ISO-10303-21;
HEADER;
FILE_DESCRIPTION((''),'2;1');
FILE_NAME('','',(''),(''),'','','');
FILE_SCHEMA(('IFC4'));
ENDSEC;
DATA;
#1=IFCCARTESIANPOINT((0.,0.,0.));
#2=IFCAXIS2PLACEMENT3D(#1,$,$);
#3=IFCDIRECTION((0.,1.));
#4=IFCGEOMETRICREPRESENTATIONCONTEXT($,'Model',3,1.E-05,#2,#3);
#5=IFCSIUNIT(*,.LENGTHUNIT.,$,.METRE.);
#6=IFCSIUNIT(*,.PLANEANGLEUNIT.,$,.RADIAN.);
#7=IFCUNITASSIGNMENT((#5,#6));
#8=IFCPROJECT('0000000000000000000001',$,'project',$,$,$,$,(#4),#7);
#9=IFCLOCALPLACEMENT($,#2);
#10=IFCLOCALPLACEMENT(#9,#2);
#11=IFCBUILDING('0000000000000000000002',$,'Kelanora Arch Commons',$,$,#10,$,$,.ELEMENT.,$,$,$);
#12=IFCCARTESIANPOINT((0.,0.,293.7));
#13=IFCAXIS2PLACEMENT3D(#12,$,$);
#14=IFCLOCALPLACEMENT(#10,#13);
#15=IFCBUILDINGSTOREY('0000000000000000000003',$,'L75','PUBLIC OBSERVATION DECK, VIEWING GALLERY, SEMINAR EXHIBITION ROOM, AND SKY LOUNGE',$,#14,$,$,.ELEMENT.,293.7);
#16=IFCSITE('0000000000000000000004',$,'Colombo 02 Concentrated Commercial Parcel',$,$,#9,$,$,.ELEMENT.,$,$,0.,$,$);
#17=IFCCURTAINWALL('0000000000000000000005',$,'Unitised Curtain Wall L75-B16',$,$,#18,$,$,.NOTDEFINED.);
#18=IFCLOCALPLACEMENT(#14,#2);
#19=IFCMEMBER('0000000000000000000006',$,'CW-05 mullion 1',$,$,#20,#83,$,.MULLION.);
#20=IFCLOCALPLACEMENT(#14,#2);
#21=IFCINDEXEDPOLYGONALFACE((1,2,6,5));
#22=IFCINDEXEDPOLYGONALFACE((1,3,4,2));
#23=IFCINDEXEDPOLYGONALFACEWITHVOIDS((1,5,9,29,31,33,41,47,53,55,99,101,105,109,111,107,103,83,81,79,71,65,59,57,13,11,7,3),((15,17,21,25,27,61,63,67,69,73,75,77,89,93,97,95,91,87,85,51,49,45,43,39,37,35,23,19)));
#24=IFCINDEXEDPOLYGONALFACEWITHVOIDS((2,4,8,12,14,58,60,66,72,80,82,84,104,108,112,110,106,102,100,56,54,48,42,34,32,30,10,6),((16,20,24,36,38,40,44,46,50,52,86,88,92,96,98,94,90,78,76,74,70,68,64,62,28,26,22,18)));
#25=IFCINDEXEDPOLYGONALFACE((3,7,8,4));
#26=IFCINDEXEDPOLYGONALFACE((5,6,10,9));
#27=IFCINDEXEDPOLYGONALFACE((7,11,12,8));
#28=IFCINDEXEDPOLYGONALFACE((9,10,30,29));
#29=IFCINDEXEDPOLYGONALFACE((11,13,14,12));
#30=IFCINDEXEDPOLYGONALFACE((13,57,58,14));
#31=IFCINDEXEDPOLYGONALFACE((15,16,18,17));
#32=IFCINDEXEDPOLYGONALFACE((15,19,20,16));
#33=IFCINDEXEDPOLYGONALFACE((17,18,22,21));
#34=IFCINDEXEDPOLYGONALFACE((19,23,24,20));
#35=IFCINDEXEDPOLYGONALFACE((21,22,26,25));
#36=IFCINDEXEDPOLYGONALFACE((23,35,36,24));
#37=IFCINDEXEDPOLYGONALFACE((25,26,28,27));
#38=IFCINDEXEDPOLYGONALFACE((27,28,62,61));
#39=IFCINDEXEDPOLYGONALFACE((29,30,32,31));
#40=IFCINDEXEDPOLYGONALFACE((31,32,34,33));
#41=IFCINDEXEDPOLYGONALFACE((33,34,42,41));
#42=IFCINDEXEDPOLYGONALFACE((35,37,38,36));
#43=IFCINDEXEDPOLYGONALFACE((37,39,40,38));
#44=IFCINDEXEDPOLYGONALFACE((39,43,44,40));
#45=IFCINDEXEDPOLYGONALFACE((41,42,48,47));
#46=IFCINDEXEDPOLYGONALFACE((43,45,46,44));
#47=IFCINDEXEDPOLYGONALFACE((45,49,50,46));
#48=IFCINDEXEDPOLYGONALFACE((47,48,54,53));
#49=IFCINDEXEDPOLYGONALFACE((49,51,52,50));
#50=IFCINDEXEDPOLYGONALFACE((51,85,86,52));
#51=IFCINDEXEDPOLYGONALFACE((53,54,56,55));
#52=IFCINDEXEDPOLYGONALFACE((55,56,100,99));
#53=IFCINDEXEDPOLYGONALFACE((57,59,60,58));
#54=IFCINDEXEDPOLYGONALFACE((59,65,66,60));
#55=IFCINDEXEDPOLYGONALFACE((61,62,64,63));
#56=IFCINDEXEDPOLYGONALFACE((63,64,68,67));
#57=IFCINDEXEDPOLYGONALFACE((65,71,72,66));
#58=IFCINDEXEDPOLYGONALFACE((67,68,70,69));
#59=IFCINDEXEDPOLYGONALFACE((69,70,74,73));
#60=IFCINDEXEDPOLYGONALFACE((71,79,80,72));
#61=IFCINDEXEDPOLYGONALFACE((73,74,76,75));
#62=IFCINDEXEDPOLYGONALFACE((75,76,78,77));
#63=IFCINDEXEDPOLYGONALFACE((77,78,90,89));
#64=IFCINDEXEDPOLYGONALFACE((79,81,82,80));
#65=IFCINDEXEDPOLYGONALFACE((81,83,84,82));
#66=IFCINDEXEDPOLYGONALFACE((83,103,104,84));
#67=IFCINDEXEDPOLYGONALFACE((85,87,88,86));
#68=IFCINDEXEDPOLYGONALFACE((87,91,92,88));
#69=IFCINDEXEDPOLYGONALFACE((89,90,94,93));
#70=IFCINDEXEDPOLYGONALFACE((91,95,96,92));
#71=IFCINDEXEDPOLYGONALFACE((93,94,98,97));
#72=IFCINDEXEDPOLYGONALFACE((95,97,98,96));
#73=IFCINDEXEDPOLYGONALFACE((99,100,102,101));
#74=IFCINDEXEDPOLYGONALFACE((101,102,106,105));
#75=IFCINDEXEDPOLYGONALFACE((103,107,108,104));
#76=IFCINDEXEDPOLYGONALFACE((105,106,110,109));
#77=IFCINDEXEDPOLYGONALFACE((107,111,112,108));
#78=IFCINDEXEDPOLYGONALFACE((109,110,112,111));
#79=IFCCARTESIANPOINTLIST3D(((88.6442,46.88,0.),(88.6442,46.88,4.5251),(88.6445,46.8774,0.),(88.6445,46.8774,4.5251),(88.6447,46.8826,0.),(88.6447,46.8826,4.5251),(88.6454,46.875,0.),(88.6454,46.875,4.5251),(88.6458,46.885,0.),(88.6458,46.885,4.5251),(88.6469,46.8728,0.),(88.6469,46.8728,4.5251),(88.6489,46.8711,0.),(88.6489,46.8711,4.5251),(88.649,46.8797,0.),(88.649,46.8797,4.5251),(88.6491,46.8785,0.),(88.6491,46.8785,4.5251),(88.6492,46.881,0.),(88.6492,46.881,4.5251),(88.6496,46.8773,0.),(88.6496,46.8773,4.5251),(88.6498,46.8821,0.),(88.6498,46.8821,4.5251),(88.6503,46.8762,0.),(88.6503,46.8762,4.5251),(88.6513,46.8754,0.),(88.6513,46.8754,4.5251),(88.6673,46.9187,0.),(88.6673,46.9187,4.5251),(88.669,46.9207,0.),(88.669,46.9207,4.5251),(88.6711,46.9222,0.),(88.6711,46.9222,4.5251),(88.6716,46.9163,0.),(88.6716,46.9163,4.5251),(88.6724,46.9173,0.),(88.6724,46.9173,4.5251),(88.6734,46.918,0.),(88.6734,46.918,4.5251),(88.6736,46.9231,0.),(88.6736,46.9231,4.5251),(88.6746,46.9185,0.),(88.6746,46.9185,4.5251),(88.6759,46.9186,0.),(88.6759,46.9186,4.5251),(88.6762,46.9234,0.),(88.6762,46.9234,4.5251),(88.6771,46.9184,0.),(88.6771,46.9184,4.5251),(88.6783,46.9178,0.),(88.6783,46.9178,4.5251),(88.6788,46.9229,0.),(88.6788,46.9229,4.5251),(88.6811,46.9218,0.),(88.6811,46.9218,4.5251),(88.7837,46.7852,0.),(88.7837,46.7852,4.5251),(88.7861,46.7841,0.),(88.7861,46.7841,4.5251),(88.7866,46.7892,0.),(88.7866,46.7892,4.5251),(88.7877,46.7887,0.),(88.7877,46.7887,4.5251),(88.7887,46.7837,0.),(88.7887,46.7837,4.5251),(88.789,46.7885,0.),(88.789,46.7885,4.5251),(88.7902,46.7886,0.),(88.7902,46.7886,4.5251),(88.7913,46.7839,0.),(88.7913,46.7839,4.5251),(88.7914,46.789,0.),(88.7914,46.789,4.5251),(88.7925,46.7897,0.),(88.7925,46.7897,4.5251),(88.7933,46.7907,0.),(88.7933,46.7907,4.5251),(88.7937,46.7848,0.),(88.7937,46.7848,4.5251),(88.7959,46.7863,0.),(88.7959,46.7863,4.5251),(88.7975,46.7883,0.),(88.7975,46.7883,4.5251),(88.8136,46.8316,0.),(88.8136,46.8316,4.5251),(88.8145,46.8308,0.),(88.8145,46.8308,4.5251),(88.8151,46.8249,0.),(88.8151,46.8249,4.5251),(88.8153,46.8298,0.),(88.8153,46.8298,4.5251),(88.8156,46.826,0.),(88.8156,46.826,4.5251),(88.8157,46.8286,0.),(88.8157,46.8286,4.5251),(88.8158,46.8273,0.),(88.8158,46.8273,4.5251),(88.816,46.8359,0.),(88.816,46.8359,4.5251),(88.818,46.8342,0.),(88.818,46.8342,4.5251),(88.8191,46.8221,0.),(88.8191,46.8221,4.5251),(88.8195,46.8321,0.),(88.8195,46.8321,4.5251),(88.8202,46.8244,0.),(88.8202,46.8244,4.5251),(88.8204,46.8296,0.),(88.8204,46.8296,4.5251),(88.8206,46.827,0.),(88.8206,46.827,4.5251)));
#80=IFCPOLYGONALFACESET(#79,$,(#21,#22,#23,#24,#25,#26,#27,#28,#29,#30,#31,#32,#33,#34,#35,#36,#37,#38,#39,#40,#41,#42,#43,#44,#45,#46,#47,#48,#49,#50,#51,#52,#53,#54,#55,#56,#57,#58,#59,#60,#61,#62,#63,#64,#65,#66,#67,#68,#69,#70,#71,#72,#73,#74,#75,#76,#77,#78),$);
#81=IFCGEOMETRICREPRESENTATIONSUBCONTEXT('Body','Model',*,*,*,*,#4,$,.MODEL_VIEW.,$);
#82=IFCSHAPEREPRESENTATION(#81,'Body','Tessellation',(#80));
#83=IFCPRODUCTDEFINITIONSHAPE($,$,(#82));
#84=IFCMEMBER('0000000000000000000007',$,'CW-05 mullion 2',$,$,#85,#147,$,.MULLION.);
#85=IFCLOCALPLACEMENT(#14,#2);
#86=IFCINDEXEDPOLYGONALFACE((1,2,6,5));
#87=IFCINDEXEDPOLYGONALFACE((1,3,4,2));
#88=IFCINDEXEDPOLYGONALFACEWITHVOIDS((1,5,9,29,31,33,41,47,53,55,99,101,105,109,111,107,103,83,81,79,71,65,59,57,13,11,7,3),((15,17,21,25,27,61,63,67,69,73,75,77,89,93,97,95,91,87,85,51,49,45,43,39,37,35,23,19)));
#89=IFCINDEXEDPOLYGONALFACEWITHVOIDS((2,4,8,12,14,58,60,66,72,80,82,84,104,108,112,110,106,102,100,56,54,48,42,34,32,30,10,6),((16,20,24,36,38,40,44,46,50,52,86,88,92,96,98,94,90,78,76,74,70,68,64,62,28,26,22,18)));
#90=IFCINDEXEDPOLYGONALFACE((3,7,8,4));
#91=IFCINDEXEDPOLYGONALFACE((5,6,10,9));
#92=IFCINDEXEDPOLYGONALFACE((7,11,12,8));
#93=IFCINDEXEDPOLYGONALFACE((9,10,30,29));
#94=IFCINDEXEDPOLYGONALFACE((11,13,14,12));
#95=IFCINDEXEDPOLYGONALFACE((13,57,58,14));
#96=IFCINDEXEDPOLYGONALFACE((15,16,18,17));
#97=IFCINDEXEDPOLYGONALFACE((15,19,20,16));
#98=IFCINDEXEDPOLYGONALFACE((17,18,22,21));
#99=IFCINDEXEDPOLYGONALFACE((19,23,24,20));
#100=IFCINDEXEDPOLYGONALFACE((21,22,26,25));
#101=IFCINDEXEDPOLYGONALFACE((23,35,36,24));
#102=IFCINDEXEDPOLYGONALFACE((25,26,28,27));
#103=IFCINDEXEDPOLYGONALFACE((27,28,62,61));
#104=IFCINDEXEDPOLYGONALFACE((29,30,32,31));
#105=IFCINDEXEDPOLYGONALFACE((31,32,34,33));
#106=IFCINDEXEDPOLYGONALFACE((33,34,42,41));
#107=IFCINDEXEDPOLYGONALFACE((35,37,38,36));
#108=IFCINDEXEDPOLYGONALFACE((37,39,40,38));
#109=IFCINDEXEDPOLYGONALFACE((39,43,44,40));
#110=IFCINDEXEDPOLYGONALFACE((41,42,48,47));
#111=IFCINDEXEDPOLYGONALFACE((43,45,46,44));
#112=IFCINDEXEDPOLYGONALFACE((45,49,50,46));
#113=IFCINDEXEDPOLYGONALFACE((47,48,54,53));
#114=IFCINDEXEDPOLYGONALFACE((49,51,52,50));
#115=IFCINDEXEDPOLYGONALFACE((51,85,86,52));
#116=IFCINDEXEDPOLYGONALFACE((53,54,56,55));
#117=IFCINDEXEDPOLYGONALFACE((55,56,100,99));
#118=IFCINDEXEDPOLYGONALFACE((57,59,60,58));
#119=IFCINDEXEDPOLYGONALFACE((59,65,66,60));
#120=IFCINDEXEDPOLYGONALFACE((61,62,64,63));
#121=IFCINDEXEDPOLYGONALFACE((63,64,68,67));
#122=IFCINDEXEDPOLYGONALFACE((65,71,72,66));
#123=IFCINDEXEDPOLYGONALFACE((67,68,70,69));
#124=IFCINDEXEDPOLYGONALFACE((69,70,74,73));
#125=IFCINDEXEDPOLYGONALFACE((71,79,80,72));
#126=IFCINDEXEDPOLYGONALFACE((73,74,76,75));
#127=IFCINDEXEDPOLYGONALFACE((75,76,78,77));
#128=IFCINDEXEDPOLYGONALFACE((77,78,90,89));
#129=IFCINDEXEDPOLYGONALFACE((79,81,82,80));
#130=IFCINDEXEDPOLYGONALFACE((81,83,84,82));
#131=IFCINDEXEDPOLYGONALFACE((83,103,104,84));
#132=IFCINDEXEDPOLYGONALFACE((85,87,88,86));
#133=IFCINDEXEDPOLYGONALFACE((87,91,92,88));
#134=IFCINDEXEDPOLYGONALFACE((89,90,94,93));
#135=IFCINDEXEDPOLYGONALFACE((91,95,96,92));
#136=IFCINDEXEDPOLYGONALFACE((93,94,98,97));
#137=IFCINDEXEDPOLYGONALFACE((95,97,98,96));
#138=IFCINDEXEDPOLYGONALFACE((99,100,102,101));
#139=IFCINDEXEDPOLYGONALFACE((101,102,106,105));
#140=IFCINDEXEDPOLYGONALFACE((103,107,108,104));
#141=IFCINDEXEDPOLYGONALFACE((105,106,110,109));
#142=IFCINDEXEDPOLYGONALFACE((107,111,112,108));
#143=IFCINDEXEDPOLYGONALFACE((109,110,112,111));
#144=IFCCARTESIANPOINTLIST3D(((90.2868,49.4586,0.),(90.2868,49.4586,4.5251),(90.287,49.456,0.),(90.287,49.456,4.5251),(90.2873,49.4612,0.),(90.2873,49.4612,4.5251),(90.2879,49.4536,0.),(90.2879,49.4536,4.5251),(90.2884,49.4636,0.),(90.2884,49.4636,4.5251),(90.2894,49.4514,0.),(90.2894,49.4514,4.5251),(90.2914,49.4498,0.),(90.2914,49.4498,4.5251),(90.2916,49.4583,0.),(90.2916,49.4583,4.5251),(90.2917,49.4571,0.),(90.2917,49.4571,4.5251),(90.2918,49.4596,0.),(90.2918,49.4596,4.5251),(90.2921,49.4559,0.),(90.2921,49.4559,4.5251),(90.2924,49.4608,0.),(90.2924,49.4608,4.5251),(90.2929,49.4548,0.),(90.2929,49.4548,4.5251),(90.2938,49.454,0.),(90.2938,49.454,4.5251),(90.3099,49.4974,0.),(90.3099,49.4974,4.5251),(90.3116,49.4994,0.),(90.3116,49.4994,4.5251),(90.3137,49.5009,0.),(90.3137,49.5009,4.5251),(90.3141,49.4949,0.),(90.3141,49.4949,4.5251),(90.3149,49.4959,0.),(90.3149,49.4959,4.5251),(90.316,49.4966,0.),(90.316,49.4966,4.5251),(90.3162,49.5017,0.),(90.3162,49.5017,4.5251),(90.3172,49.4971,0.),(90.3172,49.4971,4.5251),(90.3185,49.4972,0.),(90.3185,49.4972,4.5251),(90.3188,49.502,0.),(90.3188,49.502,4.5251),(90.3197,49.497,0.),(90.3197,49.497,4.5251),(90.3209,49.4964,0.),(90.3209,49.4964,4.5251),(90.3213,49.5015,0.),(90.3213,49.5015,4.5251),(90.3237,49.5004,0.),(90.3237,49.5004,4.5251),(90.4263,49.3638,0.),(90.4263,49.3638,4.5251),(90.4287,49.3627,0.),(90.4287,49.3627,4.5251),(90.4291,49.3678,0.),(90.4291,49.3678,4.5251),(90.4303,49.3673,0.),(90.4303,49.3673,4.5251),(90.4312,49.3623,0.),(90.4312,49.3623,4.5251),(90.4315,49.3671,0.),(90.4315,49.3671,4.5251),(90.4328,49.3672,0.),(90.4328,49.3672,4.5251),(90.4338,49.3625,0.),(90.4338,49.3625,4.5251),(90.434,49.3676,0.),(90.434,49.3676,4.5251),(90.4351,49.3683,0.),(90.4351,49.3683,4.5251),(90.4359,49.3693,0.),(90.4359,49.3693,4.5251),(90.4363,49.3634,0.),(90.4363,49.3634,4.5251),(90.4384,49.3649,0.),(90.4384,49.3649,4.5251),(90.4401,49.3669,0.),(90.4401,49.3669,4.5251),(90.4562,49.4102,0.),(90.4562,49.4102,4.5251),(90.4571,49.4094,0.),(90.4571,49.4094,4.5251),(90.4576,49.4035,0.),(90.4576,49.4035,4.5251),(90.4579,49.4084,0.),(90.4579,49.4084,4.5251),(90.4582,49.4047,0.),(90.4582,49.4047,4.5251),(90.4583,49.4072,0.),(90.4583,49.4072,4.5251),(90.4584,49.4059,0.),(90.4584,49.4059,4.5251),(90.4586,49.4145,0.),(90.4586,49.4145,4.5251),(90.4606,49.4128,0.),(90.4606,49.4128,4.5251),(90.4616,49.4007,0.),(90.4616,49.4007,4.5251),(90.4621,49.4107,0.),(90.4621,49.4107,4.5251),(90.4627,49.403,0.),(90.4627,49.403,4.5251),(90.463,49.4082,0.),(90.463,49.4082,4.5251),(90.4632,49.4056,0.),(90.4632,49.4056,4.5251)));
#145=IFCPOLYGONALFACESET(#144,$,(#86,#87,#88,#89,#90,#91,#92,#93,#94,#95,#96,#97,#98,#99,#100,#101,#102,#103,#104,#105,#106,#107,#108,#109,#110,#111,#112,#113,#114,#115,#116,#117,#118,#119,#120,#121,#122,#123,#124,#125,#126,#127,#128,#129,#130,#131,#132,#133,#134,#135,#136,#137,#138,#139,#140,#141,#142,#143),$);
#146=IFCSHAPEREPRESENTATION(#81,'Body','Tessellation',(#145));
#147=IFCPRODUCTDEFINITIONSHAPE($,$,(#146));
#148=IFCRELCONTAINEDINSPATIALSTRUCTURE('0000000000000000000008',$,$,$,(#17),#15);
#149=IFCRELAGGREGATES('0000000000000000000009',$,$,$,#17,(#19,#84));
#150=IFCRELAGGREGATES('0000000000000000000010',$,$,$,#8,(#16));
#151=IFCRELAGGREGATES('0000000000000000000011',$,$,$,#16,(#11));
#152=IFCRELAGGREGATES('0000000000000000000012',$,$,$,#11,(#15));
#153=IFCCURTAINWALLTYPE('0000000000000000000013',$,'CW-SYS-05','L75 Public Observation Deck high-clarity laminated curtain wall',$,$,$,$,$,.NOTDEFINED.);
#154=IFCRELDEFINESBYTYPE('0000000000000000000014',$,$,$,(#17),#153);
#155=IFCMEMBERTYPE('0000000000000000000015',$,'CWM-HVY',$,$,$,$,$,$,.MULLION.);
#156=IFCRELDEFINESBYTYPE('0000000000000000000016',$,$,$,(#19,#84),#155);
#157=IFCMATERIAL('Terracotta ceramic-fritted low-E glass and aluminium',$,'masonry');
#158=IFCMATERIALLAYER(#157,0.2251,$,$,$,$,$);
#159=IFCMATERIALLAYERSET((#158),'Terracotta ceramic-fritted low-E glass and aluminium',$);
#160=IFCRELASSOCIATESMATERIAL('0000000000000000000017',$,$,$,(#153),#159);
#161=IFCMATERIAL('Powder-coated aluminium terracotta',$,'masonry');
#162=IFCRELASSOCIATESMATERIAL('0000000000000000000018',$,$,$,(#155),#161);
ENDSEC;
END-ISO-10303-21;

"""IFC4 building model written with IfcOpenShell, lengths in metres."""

from ifc_helpers import new_model, si_unit, direction, frame, origin, origin_2d, place, context, subcontext, project, spatial, hollow_rectangle, extrude, material, layer, layer_set, material_profile, profile_set, type_object, element, aggregate, save


model = new_model("IFC4")

# Units and contexts
model_context = context("Model", 3, precision=1e-05, world=origin(), true_north=direction((0.0, 1.0)))
body_context = subcontext(model_context, "Body", "Model", "MODEL_VIEW")
ifc_project = project(units=[si_unit("LENGTHUNIT", "METRE"), si_unit("PLANEANGLEUNIT", "RADIAN")], contexts=[model_context])

# Site, building, storey
site_placement = place(None, origin())
site = spatial("IfcSite", under=ifc_project, at=site_placement, Name="Colombo 02 Concentrated Commercial Parcel", CompositionType="ELEMENT", RefElevation=0.0)
building_placement = place(site_placement, origin())
building = spatial("IfcBuilding", under=site, at=building_placement, Name="Kelanora Arch Commons", CompositionType="ELEMENT")
storey_placement = place(building_placement, frame((0.0, 0.0, 293.7)))
storey = spatial("IfcBuildingStorey", under=building, at=storey_placement, Name="L75", Description="PUBLIC OBSERVATION DECK, VIEWING GALLERY, SEMINAR EXHIBITION ROOM, AND SKY LOUNGE", CompositionType="ELEMENT", Elevation=293.7)

# Curtain wall, members
ifc_material_1 = material(Name="Terracotta ceramic-fritted low-E glass and aluminium", Category="masonry")
ifc_layer_1 = layer(ifc_material_1, 0.2251)
ifc_layer_set_1 = layer_set([ifc_layer_1], Name="Terracotta ceramic-fritted low-E glass and aluminium")
curtain_wall_type = type_object("IfcCurtainWallType", Name="CW-SYS-05", Description="L75 Public Observation Deck high-clarity laminated curtain wall", PredefinedType="NOTDEFINED", material=ifc_layer_set_1)
ifc_material_2 = material(Name="Powder-coated aluminium terracotta", Category="masonry")
ifc_material_profile_1 = material_profile(ifc_material_2, hollow_rectangle(XDim=0.1799, YDim=0.0601, WallThickness=0.0049, InnerFilletRadius=0.0049, OuterFilletRadius=0.01, at=origin_2d()), Name="CWM180x60")
ifc_profile_set_1 = profile_set([ifc_material_profile_1], Name="Powder-coated aluminium terracotta")
member_type_1 = type_object("IfcMemberType", Name="CWM-HVY", PredefinedType="MULLION", material=ifc_profile_set_1)
curtain_wall_1_placement = place(storey_placement, origin())
curtain_wall_1 = element("IfcCurtainWall", 1, at=curtain_wall_1_placement, inside=storey, type_object=curtain_wall_type, Name="Unitised Curtain Wall L75-B16", PredefinedType="NOTDEFINED")
member_1_placement = place(storey_placement, frame((88.7324, 46.8535, 0.0), z_axis=(0.0, 0.0, 1.0), x_axis=(-0.843391, 0.5373, 0.0)))
member_1 = element("IfcMember", 2, at=member_1_placement, type_object=member_type_1, Name="CW-05 mullion 1", PredefinedType="MULLION", context=body_context, shape_type="SweptSolid", body=[
    extrude(hollow_rectangle(XDim=0.1799, YDim=0.0601, WallThickness=0.0049, InnerFilletRadius=0.0049, OuterFilletRadius=0.01, at=origin_2d()), origin(), (0.0, 0.0, 1.0), 4.5251),
])
member_2_placement = place(storey_placement, frame((90.375, 49.4321, 0.0), z_axis=(0.0, 0.0, 1.0), x_axis=(-0.843391, 0.5373, 0.0)))
member_2 = element("IfcMember", 3, at=member_2_placement, type_object=member_type_1, Name="CW-05 mullion 2", PredefinedType="MULLION", context=body_context, shape_type="SweptSolid", body=[
    extrude(hollow_rectangle(XDim=0.1799, YDim=0.0601, WallThickness=0.0049, InnerFilletRadius=0.0049, OuterFilletRadius=0.01, at=origin_2d()), origin(), (0.0, 0.0, 1.0), 4.5251),
])

aggregate(curtain_wall_1, [member_1, member_2])

save(model, "model.ifc")
